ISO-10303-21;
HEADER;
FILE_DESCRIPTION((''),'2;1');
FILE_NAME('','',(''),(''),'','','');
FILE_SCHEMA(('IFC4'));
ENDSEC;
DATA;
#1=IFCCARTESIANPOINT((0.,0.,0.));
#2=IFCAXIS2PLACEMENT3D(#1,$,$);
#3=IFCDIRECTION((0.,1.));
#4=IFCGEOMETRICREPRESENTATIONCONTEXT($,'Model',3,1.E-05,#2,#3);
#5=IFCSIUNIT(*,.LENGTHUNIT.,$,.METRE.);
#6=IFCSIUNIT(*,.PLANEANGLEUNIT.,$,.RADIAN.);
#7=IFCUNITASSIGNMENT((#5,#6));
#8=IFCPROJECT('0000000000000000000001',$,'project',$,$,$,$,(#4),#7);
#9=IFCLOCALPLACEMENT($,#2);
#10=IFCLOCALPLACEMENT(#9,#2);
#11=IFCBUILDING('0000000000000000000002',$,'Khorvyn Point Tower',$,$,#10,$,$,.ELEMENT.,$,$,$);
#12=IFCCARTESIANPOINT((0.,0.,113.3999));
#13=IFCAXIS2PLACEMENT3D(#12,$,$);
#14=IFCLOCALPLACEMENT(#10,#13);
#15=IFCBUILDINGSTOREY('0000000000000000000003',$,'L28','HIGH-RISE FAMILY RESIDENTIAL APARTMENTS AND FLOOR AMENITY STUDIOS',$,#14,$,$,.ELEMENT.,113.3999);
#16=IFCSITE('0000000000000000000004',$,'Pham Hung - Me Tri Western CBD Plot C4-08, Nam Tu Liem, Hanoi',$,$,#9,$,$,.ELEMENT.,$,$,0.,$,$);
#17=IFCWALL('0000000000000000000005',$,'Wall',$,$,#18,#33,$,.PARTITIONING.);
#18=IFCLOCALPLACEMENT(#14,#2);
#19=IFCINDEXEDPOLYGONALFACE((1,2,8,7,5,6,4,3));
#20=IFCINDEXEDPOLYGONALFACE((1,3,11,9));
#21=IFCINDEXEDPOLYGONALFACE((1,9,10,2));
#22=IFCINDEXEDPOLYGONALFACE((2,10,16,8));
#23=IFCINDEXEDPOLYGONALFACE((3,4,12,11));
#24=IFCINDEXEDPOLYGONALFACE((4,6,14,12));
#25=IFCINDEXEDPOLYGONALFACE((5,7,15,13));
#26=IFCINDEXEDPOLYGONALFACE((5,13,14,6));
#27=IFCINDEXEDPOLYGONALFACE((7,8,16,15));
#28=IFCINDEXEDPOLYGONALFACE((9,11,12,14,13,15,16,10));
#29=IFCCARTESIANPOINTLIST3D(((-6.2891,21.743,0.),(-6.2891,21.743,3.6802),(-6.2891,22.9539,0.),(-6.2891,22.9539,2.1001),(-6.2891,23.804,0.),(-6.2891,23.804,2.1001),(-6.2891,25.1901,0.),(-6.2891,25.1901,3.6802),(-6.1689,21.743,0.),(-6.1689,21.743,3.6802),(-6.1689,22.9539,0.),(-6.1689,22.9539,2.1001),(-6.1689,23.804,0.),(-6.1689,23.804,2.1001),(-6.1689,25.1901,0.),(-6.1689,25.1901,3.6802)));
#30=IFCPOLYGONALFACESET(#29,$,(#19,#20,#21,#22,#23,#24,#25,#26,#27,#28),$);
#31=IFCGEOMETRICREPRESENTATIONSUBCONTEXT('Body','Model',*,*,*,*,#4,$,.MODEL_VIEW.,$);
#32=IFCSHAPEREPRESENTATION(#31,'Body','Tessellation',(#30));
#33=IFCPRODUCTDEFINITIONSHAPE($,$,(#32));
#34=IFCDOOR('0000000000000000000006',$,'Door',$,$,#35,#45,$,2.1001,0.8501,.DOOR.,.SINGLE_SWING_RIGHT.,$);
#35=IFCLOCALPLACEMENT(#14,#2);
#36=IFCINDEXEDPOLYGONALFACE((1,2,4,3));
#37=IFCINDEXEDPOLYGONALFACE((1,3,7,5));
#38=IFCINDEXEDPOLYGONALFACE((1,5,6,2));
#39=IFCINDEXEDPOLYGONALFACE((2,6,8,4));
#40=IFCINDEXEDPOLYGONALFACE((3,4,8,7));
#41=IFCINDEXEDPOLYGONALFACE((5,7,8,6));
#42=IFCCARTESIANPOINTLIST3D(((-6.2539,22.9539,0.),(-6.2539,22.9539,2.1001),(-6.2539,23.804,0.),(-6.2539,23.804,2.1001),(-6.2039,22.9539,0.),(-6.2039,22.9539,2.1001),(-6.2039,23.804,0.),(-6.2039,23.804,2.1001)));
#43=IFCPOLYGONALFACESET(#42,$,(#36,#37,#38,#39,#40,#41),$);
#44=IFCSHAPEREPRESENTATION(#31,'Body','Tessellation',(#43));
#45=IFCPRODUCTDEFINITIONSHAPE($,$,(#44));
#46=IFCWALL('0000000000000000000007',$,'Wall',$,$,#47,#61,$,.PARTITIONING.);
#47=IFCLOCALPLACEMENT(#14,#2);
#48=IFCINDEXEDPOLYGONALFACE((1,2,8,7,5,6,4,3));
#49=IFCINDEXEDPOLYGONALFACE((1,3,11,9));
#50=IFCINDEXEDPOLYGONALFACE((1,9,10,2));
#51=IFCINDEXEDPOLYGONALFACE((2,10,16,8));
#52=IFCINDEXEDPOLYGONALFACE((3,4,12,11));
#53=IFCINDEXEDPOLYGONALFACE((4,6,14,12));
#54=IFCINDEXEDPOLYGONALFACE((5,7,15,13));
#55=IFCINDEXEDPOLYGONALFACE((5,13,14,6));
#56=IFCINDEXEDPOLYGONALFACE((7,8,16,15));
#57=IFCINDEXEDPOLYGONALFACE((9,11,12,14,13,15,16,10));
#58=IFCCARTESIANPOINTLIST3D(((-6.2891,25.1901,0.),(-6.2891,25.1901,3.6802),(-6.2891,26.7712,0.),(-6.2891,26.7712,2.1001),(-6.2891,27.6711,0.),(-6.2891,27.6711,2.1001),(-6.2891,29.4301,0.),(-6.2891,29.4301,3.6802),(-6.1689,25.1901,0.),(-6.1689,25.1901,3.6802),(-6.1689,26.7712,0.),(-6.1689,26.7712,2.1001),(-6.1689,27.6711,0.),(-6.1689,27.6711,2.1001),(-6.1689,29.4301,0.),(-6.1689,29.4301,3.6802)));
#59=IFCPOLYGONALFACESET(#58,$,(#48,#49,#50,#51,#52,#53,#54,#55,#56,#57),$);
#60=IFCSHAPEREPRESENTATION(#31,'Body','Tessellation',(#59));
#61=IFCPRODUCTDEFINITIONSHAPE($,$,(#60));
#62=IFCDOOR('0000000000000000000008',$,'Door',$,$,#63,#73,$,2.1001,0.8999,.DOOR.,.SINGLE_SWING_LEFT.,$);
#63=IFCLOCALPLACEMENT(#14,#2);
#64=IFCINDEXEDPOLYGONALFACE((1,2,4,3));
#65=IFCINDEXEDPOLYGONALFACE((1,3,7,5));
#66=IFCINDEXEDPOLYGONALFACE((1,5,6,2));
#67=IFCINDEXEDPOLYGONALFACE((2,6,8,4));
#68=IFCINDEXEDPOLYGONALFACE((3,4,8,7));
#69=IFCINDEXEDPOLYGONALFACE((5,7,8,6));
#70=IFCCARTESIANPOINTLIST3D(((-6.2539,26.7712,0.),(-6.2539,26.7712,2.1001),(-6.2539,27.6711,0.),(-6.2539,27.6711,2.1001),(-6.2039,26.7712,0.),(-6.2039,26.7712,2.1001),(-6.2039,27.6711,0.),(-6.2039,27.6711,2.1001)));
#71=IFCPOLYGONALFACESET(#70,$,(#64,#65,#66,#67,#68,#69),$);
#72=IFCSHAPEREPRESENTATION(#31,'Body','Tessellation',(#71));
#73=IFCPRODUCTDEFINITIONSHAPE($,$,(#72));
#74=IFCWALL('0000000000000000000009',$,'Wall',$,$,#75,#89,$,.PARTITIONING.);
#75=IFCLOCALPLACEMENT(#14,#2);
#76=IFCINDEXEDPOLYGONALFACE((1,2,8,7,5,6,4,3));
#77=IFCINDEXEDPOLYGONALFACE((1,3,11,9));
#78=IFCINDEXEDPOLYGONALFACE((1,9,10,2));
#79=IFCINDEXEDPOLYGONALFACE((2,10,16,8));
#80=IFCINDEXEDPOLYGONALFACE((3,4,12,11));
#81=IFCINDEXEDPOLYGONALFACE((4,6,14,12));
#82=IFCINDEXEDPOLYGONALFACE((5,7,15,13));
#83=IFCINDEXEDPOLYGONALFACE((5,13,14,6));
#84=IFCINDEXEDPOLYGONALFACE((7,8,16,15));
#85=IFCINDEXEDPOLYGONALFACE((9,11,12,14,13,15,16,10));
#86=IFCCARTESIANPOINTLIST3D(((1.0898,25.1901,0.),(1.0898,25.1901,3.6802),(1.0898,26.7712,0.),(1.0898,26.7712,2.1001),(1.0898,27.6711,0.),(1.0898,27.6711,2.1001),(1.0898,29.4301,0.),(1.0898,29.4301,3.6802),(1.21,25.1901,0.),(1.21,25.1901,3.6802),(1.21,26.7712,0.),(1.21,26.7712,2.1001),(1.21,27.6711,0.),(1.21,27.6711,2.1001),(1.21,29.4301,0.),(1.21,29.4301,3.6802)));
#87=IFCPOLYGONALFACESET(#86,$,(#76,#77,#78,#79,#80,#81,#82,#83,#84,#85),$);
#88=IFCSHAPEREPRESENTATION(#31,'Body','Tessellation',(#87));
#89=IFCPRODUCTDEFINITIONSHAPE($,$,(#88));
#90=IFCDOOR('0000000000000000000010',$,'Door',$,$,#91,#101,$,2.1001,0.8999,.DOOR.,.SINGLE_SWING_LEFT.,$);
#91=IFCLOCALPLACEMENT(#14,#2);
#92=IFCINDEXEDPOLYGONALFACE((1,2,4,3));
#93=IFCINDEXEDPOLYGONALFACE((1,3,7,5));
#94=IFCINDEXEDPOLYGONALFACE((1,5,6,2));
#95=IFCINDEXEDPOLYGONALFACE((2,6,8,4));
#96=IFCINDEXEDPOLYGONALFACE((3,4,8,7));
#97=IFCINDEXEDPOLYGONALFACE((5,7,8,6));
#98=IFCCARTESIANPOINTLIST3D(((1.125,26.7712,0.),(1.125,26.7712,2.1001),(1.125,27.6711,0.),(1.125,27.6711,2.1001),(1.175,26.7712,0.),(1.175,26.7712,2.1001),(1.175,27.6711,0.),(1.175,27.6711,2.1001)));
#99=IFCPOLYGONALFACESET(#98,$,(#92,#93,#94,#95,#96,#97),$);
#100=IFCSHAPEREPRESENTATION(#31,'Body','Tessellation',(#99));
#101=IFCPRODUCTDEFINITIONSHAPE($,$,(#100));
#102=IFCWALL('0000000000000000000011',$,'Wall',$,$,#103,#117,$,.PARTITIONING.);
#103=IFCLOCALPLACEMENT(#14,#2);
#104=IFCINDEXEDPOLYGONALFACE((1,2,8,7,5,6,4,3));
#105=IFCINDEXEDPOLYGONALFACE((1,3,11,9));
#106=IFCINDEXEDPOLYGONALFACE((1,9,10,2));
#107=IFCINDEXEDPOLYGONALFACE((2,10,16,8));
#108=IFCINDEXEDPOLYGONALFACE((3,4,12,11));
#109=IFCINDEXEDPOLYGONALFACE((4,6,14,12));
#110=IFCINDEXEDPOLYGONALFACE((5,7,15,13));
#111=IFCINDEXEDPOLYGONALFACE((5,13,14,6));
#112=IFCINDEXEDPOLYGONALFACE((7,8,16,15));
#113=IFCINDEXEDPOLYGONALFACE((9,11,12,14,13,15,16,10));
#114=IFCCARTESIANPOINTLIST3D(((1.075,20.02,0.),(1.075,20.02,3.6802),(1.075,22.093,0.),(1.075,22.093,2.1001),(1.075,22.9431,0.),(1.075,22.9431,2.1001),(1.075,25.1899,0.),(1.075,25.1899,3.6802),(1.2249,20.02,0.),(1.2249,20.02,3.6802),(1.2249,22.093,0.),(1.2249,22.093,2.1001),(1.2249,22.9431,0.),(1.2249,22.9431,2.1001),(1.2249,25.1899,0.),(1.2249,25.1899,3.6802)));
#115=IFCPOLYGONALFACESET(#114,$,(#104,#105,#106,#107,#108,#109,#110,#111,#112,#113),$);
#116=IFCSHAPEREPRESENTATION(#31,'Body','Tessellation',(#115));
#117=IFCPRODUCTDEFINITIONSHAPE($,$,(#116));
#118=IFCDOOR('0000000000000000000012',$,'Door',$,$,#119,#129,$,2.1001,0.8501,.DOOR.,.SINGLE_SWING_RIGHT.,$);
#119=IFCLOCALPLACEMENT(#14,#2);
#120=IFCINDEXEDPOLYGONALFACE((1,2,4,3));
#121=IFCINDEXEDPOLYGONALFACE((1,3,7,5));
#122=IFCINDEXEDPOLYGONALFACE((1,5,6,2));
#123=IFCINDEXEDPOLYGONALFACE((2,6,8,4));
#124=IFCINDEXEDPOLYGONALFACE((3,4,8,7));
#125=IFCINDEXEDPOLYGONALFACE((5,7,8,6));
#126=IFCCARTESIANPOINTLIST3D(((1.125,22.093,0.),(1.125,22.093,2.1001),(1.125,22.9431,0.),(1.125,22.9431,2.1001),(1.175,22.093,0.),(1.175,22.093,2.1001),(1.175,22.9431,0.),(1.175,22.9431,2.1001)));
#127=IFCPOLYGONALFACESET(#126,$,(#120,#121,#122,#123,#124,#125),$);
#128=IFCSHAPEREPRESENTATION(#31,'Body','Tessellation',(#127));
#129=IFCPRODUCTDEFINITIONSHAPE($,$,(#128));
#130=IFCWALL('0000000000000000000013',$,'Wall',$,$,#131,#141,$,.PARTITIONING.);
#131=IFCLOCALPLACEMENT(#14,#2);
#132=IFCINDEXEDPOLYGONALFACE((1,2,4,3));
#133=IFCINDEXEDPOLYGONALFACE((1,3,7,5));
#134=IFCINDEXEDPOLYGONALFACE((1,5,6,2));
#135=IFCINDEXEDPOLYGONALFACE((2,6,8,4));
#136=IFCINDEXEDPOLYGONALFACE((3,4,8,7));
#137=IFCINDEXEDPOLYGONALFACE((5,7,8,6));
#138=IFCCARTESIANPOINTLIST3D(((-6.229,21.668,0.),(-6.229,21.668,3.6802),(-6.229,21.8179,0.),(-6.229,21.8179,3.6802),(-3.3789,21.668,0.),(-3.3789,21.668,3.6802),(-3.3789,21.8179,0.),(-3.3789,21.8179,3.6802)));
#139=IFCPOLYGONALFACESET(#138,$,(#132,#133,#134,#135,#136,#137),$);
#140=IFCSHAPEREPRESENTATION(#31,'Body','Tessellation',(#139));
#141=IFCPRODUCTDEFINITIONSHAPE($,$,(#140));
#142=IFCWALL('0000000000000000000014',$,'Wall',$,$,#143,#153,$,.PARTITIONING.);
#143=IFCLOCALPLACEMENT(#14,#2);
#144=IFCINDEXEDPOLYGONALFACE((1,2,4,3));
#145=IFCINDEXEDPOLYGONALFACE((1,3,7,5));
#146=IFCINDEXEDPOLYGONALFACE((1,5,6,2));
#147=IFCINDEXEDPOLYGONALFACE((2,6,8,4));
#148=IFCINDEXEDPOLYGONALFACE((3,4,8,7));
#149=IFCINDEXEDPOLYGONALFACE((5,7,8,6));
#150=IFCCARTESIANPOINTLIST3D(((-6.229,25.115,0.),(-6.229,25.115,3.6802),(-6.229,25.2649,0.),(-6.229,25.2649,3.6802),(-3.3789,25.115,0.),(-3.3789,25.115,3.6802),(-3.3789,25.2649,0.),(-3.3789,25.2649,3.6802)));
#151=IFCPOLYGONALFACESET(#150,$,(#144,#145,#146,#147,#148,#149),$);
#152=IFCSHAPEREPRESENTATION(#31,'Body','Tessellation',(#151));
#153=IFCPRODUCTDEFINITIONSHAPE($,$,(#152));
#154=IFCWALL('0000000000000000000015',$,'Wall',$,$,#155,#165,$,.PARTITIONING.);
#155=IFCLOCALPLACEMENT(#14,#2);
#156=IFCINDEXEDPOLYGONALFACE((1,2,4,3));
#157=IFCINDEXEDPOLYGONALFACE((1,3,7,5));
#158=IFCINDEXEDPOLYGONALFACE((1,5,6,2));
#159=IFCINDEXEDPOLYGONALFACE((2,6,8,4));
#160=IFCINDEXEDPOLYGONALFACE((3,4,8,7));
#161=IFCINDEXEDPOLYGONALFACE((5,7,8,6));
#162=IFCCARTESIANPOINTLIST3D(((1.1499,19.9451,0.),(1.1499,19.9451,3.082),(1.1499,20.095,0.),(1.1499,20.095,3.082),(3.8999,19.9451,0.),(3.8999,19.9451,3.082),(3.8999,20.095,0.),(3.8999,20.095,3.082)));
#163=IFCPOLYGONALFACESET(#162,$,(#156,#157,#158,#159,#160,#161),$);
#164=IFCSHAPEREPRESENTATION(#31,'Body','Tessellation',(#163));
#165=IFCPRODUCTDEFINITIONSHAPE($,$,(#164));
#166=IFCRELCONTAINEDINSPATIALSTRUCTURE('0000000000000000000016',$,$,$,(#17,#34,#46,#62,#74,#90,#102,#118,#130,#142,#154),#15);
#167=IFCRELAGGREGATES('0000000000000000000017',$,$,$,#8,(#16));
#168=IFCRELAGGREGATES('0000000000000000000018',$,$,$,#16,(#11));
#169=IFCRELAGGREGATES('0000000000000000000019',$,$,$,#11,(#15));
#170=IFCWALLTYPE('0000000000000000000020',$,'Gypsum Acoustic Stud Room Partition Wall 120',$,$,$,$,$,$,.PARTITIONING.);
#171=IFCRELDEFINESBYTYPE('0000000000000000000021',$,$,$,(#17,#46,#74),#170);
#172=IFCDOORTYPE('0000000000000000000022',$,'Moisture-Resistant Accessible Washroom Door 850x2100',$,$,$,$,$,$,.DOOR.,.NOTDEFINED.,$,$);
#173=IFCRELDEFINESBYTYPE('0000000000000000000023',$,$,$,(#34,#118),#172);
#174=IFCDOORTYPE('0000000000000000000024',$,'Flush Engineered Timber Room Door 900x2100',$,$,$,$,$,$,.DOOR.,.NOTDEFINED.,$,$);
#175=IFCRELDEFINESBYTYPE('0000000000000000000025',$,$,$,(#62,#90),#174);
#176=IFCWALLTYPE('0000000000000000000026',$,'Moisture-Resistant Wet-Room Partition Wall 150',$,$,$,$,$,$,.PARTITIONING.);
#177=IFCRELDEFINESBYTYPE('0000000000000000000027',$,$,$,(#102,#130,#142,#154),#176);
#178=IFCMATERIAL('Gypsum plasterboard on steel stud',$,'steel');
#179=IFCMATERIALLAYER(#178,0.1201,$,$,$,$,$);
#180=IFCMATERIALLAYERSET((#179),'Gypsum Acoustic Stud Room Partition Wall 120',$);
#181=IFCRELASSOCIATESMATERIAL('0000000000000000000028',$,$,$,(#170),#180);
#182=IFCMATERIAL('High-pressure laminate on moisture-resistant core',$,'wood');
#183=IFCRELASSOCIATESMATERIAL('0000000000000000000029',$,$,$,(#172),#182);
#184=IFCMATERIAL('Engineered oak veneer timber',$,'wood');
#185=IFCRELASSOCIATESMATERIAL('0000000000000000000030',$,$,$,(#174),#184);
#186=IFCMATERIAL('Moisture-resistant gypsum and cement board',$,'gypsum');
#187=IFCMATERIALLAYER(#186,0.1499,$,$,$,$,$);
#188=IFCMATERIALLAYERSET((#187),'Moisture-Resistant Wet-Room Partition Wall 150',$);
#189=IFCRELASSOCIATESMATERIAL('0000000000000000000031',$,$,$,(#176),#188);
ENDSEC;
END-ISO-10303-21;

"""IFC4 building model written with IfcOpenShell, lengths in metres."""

from ifc_helpers import new_model, si_unit, direction, frame, frame_2d, origin, place, context, subcontext, project, spatial, rectangle, extrude, material, layer, layer_set, type_object, element, fill, save


model = new_model("IFC4")

# Units and contexts
model_context = context("Model", 3, precision=1e-05, world=origin(), true_north=direction((0.0, 1.0)))
body_context = subcontext(model_context, "Body", "Model", "MODEL_VIEW")
ifc_project = project(units=[si_unit("LENGTHUNIT", "METRE"), si_unit("PLANEANGLEUNIT", "RADIAN")], contexts=[model_context])

# Site, building, storey
site_placement = place(None, origin())
site = spatial("IfcSite", under=ifc_project, at=site_placement, Name="Pham Hung - Me Tri Western CBD Plot C4-08, Nam Tu Liem, Hanoi", CompositionType="ELEMENT", RefElevation=0.0)
building_placement = place(site_placement, origin())
building = spatial("IfcBuilding", under=site, at=building_placement, Name="Khorvyn Point Tower", CompositionType="ELEMENT")
storey_placement = place(building_placement, frame((0.0, 0.0, 113.3999)))
storey = spatial("IfcBuildingStorey", under=building, at=storey_placement, Name="L28", Description="HIGH-RISE FAMILY RESIDENTIAL APARTMENTS AND FLOOR AMENITY STUDIOS", CompositionType="ELEMENT", Elevation=113.3999)

# Walls, openings, doors
ifc_material_1 = material(Name="Gypsum plasterboard on steel stud", Category="steel")
ifc_layer_1 = layer(ifc_material_1, 0.1201)
ifc_layer_set_1 = layer_set([ifc_layer_1], Name="Gypsum Acoustic Stud Room Partition Wall 120")
wall_type_1 = type_object("IfcWallType", Name="Gypsum Acoustic Stud Room Partition Wall 120", PredefinedType="PARTITIONING", material=ifc_layer_set_1)
wall_1_placement = place(storey_placement, frame((-6.229, 21.7429, 0.0), z_axis=(0.0, 0.0, 1.0), x_axis=(0.0, 1.0, 0.0)))
wall_1 = element("IfcWall", 1, at=wall_1_placement, inside=storey, type_object=wall_type_1, Name="Wall", PredefinedType="PARTITIONING", context=body_context, shape_type="SweptSolid", body=[
    extrude(rectangle(XDim=3.447, YDim=0.1201, at=frame_2d((1.7236, 0.0))), origin(), (0.0, 0.0, 1.0), 3.6802),
])
opening_1_placement = place(wall_1_placement, frame((1.2109, 0.0, 0.0)))
opening_1 = element("IfcOpeningElement", 2, at=opening_1_placement, cuts=wall_1, PredefinedType="OPENING", context=body_context, shape_type="SweptSolid", body=[
    extrude(rectangle(XDim=0.8501, YDim=2.1001, at=frame_2d((0.425, 1.05))), frame((0.0, 0.0701, 0.0), z_axis=(0.0, -1.0, 0.0), x_axis=(1.0, 0.0, 0.0)), (0.0, 0.0, 1.0), 0.1401),
])
ifc_material_2 = material(Name="High-pressure laminate on moisture-resistant core", Category="wood")
door_type_1 = type_object("IfcDoorType", Name="Moisture-Resistant Accessible Washroom Door 850x2100", OperationType="NOTDEFINED", PredefinedType="DOOR", material=ifc_material_2)
door_1_placement = place(opening_1_placement, origin())
door_1 = element("IfcDoor", 3, at=door_1_placement, inside=storey, type_object=door_type_1, Name="Door", OperationType="SINGLE_SWING_RIGHT", OverallHeight=2.1001, OverallWidth=0.8501, PredefinedType="DOOR", context=body_context, shape_type="SweptSolid", body=[
    extrude(rectangle(XDim=0.8501, YDim=2.1001, at=frame_2d((0.425, 1.05))), frame((0.0, 0.0249, 0.0), z_axis=(0.0, -1.0, 0.0), x_axis=(1.0, 0.0, 0.0)), (0.0, 0.0, 1.0), 0.05),
])
fill(opening_1, door_1)
wall_2_placement = place(storey_placement, frame((-6.229, 25.1899, 0.0), z_axis=(0.0, 0.0, 1.0), x_axis=(0.0, 1.0, 0.0)))
wall_2 = element("IfcWall", 4, at=wall_2_placement, inside=storey, type_object=wall_type_1, Name="Wall", PredefinedType="PARTITIONING", context=body_context, shape_type="SweptSolid", body=[
    extrude(rectangle(XDim=4.24, YDim=0.1201, at=frame_2d((2.1201, 0.0))), origin(), (0.0, 0.0, 1.0), 3.6802),
])
opening_2_placement = place(wall_2_placement, frame((1.5813, 0.0, 0.0)))
opening_2 = element("IfcOpeningElement", 5, at=opening_2_placement, cuts=wall_2, PredefinedType="OPENING", context=body_context, shape_type="SweptSolid", body=[
    extrude(rectangle(XDim=0.8999, YDim=2.1001, at=frame_2d((0.45, 1.05))), frame((0.0, 0.0701, 0.0), z_axis=(0.0, -1.0, 0.0), x_axis=(1.0, 0.0, 0.0)), (0.0, 0.0, 1.0), 0.1401),
])
ifc_material_3 = material(Name="Engineered oak veneer timber", Category="wood")
door_type_2 = type_object("IfcDoorType", Name="Flush Engineered Timber Room Door 900x2100", OperationType="NOTDEFINED", PredefinedType="DOOR", material=ifc_material_3)
door_2_placement = place(opening_2_placement, origin())
door_2 = element("IfcDoor", 6, at=door_2_placement, inside=storey, type_object=door_type_2, Name="Door", OperationType="SINGLE_SWING_LEFT", OverallHeight=2.1001, OverallWidth=0.8999, PredefinedType="DOOR", context=body_context, shape_type="SweptSolid", body=[
    extrude(rectangle(XDim=0.8999, YDim=2.1001, at=frame_2d((0.45, 1.05))), frame((0.0, 0.0249, 0.0), z_axis=(0.0, -1.0, 0.0), x_axis=(1.0, 0.0, 0.0)), (0.0, 0.0, 1.0), 0.05),
])
fill(opening_2, door_2)
wall_3_placement = place(storey_placement, frame((1.1499, 25.1899, 0.0), z_axis=(0.0, 0.0, 1.0), x_axis=(0.0, 1.0, 0.0)))
wall_3 = element("IfcWall", 7, at=wall_3_placement, inside=storey, type_object=wall_type_1, Name="Wall", PredefinedType="PARTITIONING", context=body_context, shape_type="SweptSolid", body=[
    extrude(rectangle(XDim=4.24, YDim=0.1201, at=frame_2d((2.1201, 0.0))), origin(), (0.0, 0.0, 1.0), 3.6802),
])
opening_3_placement = place(wall_3_placement, frame((1.5813, 0.0, 0.0)))
opening_3 = element("IfcOpeningElement", 8, at=opening_3_placement, cuts=wall_3, PredefinedType="OPENING", context=body_context, shape_type="SweptSolid", body=[
    extrude(rectangle(XDim=0.8999, YDim=2.1001, at=frame_2d((0.45, 1.05))), frame((0.0, 0.0701, 0.0), z_axis=(0.0, -1.0, 0.0), x_axis=(1.0, 0.0, 0.0)), (0.0, 0.0, 1.0), 0.1401),
])
door_3_placement = place(opening_3_placement, origin())
door_3 = element("IfcDoor", 9, at=door_3_placement, inside=storey, type_object=door_type_2, Name="Door", OperationType="SINGLE_SWING_LEFT", OverallHeight=2.1001, OverallWidth=0.8999, PredefinedType="DOOR", context=body_context, shape_type="SweptSolid", body=[
    extrude(rectangle(XDim=0.8999, YDim=2.1001, at=frame_2d((0.45, 1.05))), frame((0.0, 0.0249, 0.0), z_axis=(0.0, -1.0, 0.0), x_axis=(1.0, 0.0, 0.0)), (0.0, 0.0, 1.0), 0.05),
])
fill(opening_3, door_3)
ifc_material_4 = material(Name="Moisture-resistant gypsum and cement board", Category="gypsum")
ifc_layer_2 = layer(ifc_material_4, 0.1499)
ifc_layer_set_2 = layer_set([ifc_layer_2], Name="Moisture-Resistant Wet-Room Partition Wall 150")
wall_type_2 = type_object("IfcWallType", Name="Moisture-Resistant Wet-Room Partition Wall 150", PredefinedType="PARTITIONING", material=ifc_layer_set_2)
wall_4_placement = place(storey_placement, frame((1.1499, 20.02, 0.0), z_axis=(0.0, 0.0, 1.0), x_axis=(0.0, 1.0, 0.0)))
wall_4 = element("IfcWall", 10, at=wall_4_placement, inside=storey, type_object=wall_type_2, Name="Wall", PredefinedType="PARTITIONING", context=body_context, shape_type="SweptSolid", body=[
    extrude(rectangle(XDim=5.1699, YDim=0.1499, at=frame_2d((2.585, 0.0))), origin(), (0.0, 0.0, 1.0), 3.6802),
])
opening_4_placement = place(wall_4_placement, frame((2.073, 0.0, 0.0)))
opening_4 = element("IfcOpeningElement", 11, at=opening_4_placement, cuts=wall_4, PredefinedType="OPENING", context=body_context, shape_type="SweptSolid", body=[
    extrude(rectangle(XDim=0.8501, YDim=2.1001, at=frame_2d((0.425, 1.05))), frame((0.0, 0.085, 0.0), z_axis=(0.0, -1.0, 0.0), x_axis=(1.0, 0.0, 0.0)), (0.0, 0.0, 1.0), 0.1699),
])
door_4_placement = place(opening_4_placement, origin())
door_4 = element("IfcDoor", 12, at=door_4_placement, inside=storey, type_object=door_type_1, Name="Door", OperationType="SINGLE_SWING_RIGHT", OverallHeight=2.1001, OverallWidth=0.8501, PredefinedType="DOOR", context=body_context, shape_type="SweptSolid", body=[
    extrude(rectangle(XDim=0.8501, YDim=2.1001, at=frame_2d((0.425, 1.05))), frame((0.0, 0.0249, 0.0), z_axis=(0.0, -1.0, 0.0), x_axis=(1.0, 0.0, 0.0)), (0.0, 0.0, 1.0), 0.05),
])
fill(opening_4, door_4)

# Walls
for number, where, z_axis, x_axis, name in (
    (13, (-6.229, 21.7429, 0.0), (0.0, 0.0, 1.0), (1.0, 0.0, 0.0), "Wall"),
    (14, (-6.229, 25.1899, 0.0), (0.0, 0.0, 1.0), (1.0, 0.0, 0.0), "Wall"),
):
    element("IfcWall", number, at=place(storey_placement, frame(where, z_axis=z_axis, x_axis=x_axis)), inside=storey, type_object=wall_type_2, Name=name, PredefinedType="PARTITIONING", context=body_context, shape_type="SweptSolid", body=[
        extrude(rectangle(XDim=2.8501, YDim=0.1499, at=frame_2d((1.425, 0.0))), origin(), (0.0, 0.0, 1.0), 3.6802),
    ])
wall_5_placement = place(storey_placement, frame((1.1499, 20.02, 0.0), z_axis=(0.0, 0.0, 1.0), x_axis=(1.0, 0.0, 0.0)))
element("IfcWall", 15, at=wall_5_placement, inside=storey, type_object=wall_type_2, Name="Wall", PredefinedType="PARTITIONING", context=body_context, shape_type="SweptSolid", body=[
    extrude(rectangle(XDim=2.75, YDim=0.1499, at=frame_2d((1.375, 0.0))), origin(), (0.0, 0.0, 1.0), 3.082),
])

save(model, "model.ifc")
